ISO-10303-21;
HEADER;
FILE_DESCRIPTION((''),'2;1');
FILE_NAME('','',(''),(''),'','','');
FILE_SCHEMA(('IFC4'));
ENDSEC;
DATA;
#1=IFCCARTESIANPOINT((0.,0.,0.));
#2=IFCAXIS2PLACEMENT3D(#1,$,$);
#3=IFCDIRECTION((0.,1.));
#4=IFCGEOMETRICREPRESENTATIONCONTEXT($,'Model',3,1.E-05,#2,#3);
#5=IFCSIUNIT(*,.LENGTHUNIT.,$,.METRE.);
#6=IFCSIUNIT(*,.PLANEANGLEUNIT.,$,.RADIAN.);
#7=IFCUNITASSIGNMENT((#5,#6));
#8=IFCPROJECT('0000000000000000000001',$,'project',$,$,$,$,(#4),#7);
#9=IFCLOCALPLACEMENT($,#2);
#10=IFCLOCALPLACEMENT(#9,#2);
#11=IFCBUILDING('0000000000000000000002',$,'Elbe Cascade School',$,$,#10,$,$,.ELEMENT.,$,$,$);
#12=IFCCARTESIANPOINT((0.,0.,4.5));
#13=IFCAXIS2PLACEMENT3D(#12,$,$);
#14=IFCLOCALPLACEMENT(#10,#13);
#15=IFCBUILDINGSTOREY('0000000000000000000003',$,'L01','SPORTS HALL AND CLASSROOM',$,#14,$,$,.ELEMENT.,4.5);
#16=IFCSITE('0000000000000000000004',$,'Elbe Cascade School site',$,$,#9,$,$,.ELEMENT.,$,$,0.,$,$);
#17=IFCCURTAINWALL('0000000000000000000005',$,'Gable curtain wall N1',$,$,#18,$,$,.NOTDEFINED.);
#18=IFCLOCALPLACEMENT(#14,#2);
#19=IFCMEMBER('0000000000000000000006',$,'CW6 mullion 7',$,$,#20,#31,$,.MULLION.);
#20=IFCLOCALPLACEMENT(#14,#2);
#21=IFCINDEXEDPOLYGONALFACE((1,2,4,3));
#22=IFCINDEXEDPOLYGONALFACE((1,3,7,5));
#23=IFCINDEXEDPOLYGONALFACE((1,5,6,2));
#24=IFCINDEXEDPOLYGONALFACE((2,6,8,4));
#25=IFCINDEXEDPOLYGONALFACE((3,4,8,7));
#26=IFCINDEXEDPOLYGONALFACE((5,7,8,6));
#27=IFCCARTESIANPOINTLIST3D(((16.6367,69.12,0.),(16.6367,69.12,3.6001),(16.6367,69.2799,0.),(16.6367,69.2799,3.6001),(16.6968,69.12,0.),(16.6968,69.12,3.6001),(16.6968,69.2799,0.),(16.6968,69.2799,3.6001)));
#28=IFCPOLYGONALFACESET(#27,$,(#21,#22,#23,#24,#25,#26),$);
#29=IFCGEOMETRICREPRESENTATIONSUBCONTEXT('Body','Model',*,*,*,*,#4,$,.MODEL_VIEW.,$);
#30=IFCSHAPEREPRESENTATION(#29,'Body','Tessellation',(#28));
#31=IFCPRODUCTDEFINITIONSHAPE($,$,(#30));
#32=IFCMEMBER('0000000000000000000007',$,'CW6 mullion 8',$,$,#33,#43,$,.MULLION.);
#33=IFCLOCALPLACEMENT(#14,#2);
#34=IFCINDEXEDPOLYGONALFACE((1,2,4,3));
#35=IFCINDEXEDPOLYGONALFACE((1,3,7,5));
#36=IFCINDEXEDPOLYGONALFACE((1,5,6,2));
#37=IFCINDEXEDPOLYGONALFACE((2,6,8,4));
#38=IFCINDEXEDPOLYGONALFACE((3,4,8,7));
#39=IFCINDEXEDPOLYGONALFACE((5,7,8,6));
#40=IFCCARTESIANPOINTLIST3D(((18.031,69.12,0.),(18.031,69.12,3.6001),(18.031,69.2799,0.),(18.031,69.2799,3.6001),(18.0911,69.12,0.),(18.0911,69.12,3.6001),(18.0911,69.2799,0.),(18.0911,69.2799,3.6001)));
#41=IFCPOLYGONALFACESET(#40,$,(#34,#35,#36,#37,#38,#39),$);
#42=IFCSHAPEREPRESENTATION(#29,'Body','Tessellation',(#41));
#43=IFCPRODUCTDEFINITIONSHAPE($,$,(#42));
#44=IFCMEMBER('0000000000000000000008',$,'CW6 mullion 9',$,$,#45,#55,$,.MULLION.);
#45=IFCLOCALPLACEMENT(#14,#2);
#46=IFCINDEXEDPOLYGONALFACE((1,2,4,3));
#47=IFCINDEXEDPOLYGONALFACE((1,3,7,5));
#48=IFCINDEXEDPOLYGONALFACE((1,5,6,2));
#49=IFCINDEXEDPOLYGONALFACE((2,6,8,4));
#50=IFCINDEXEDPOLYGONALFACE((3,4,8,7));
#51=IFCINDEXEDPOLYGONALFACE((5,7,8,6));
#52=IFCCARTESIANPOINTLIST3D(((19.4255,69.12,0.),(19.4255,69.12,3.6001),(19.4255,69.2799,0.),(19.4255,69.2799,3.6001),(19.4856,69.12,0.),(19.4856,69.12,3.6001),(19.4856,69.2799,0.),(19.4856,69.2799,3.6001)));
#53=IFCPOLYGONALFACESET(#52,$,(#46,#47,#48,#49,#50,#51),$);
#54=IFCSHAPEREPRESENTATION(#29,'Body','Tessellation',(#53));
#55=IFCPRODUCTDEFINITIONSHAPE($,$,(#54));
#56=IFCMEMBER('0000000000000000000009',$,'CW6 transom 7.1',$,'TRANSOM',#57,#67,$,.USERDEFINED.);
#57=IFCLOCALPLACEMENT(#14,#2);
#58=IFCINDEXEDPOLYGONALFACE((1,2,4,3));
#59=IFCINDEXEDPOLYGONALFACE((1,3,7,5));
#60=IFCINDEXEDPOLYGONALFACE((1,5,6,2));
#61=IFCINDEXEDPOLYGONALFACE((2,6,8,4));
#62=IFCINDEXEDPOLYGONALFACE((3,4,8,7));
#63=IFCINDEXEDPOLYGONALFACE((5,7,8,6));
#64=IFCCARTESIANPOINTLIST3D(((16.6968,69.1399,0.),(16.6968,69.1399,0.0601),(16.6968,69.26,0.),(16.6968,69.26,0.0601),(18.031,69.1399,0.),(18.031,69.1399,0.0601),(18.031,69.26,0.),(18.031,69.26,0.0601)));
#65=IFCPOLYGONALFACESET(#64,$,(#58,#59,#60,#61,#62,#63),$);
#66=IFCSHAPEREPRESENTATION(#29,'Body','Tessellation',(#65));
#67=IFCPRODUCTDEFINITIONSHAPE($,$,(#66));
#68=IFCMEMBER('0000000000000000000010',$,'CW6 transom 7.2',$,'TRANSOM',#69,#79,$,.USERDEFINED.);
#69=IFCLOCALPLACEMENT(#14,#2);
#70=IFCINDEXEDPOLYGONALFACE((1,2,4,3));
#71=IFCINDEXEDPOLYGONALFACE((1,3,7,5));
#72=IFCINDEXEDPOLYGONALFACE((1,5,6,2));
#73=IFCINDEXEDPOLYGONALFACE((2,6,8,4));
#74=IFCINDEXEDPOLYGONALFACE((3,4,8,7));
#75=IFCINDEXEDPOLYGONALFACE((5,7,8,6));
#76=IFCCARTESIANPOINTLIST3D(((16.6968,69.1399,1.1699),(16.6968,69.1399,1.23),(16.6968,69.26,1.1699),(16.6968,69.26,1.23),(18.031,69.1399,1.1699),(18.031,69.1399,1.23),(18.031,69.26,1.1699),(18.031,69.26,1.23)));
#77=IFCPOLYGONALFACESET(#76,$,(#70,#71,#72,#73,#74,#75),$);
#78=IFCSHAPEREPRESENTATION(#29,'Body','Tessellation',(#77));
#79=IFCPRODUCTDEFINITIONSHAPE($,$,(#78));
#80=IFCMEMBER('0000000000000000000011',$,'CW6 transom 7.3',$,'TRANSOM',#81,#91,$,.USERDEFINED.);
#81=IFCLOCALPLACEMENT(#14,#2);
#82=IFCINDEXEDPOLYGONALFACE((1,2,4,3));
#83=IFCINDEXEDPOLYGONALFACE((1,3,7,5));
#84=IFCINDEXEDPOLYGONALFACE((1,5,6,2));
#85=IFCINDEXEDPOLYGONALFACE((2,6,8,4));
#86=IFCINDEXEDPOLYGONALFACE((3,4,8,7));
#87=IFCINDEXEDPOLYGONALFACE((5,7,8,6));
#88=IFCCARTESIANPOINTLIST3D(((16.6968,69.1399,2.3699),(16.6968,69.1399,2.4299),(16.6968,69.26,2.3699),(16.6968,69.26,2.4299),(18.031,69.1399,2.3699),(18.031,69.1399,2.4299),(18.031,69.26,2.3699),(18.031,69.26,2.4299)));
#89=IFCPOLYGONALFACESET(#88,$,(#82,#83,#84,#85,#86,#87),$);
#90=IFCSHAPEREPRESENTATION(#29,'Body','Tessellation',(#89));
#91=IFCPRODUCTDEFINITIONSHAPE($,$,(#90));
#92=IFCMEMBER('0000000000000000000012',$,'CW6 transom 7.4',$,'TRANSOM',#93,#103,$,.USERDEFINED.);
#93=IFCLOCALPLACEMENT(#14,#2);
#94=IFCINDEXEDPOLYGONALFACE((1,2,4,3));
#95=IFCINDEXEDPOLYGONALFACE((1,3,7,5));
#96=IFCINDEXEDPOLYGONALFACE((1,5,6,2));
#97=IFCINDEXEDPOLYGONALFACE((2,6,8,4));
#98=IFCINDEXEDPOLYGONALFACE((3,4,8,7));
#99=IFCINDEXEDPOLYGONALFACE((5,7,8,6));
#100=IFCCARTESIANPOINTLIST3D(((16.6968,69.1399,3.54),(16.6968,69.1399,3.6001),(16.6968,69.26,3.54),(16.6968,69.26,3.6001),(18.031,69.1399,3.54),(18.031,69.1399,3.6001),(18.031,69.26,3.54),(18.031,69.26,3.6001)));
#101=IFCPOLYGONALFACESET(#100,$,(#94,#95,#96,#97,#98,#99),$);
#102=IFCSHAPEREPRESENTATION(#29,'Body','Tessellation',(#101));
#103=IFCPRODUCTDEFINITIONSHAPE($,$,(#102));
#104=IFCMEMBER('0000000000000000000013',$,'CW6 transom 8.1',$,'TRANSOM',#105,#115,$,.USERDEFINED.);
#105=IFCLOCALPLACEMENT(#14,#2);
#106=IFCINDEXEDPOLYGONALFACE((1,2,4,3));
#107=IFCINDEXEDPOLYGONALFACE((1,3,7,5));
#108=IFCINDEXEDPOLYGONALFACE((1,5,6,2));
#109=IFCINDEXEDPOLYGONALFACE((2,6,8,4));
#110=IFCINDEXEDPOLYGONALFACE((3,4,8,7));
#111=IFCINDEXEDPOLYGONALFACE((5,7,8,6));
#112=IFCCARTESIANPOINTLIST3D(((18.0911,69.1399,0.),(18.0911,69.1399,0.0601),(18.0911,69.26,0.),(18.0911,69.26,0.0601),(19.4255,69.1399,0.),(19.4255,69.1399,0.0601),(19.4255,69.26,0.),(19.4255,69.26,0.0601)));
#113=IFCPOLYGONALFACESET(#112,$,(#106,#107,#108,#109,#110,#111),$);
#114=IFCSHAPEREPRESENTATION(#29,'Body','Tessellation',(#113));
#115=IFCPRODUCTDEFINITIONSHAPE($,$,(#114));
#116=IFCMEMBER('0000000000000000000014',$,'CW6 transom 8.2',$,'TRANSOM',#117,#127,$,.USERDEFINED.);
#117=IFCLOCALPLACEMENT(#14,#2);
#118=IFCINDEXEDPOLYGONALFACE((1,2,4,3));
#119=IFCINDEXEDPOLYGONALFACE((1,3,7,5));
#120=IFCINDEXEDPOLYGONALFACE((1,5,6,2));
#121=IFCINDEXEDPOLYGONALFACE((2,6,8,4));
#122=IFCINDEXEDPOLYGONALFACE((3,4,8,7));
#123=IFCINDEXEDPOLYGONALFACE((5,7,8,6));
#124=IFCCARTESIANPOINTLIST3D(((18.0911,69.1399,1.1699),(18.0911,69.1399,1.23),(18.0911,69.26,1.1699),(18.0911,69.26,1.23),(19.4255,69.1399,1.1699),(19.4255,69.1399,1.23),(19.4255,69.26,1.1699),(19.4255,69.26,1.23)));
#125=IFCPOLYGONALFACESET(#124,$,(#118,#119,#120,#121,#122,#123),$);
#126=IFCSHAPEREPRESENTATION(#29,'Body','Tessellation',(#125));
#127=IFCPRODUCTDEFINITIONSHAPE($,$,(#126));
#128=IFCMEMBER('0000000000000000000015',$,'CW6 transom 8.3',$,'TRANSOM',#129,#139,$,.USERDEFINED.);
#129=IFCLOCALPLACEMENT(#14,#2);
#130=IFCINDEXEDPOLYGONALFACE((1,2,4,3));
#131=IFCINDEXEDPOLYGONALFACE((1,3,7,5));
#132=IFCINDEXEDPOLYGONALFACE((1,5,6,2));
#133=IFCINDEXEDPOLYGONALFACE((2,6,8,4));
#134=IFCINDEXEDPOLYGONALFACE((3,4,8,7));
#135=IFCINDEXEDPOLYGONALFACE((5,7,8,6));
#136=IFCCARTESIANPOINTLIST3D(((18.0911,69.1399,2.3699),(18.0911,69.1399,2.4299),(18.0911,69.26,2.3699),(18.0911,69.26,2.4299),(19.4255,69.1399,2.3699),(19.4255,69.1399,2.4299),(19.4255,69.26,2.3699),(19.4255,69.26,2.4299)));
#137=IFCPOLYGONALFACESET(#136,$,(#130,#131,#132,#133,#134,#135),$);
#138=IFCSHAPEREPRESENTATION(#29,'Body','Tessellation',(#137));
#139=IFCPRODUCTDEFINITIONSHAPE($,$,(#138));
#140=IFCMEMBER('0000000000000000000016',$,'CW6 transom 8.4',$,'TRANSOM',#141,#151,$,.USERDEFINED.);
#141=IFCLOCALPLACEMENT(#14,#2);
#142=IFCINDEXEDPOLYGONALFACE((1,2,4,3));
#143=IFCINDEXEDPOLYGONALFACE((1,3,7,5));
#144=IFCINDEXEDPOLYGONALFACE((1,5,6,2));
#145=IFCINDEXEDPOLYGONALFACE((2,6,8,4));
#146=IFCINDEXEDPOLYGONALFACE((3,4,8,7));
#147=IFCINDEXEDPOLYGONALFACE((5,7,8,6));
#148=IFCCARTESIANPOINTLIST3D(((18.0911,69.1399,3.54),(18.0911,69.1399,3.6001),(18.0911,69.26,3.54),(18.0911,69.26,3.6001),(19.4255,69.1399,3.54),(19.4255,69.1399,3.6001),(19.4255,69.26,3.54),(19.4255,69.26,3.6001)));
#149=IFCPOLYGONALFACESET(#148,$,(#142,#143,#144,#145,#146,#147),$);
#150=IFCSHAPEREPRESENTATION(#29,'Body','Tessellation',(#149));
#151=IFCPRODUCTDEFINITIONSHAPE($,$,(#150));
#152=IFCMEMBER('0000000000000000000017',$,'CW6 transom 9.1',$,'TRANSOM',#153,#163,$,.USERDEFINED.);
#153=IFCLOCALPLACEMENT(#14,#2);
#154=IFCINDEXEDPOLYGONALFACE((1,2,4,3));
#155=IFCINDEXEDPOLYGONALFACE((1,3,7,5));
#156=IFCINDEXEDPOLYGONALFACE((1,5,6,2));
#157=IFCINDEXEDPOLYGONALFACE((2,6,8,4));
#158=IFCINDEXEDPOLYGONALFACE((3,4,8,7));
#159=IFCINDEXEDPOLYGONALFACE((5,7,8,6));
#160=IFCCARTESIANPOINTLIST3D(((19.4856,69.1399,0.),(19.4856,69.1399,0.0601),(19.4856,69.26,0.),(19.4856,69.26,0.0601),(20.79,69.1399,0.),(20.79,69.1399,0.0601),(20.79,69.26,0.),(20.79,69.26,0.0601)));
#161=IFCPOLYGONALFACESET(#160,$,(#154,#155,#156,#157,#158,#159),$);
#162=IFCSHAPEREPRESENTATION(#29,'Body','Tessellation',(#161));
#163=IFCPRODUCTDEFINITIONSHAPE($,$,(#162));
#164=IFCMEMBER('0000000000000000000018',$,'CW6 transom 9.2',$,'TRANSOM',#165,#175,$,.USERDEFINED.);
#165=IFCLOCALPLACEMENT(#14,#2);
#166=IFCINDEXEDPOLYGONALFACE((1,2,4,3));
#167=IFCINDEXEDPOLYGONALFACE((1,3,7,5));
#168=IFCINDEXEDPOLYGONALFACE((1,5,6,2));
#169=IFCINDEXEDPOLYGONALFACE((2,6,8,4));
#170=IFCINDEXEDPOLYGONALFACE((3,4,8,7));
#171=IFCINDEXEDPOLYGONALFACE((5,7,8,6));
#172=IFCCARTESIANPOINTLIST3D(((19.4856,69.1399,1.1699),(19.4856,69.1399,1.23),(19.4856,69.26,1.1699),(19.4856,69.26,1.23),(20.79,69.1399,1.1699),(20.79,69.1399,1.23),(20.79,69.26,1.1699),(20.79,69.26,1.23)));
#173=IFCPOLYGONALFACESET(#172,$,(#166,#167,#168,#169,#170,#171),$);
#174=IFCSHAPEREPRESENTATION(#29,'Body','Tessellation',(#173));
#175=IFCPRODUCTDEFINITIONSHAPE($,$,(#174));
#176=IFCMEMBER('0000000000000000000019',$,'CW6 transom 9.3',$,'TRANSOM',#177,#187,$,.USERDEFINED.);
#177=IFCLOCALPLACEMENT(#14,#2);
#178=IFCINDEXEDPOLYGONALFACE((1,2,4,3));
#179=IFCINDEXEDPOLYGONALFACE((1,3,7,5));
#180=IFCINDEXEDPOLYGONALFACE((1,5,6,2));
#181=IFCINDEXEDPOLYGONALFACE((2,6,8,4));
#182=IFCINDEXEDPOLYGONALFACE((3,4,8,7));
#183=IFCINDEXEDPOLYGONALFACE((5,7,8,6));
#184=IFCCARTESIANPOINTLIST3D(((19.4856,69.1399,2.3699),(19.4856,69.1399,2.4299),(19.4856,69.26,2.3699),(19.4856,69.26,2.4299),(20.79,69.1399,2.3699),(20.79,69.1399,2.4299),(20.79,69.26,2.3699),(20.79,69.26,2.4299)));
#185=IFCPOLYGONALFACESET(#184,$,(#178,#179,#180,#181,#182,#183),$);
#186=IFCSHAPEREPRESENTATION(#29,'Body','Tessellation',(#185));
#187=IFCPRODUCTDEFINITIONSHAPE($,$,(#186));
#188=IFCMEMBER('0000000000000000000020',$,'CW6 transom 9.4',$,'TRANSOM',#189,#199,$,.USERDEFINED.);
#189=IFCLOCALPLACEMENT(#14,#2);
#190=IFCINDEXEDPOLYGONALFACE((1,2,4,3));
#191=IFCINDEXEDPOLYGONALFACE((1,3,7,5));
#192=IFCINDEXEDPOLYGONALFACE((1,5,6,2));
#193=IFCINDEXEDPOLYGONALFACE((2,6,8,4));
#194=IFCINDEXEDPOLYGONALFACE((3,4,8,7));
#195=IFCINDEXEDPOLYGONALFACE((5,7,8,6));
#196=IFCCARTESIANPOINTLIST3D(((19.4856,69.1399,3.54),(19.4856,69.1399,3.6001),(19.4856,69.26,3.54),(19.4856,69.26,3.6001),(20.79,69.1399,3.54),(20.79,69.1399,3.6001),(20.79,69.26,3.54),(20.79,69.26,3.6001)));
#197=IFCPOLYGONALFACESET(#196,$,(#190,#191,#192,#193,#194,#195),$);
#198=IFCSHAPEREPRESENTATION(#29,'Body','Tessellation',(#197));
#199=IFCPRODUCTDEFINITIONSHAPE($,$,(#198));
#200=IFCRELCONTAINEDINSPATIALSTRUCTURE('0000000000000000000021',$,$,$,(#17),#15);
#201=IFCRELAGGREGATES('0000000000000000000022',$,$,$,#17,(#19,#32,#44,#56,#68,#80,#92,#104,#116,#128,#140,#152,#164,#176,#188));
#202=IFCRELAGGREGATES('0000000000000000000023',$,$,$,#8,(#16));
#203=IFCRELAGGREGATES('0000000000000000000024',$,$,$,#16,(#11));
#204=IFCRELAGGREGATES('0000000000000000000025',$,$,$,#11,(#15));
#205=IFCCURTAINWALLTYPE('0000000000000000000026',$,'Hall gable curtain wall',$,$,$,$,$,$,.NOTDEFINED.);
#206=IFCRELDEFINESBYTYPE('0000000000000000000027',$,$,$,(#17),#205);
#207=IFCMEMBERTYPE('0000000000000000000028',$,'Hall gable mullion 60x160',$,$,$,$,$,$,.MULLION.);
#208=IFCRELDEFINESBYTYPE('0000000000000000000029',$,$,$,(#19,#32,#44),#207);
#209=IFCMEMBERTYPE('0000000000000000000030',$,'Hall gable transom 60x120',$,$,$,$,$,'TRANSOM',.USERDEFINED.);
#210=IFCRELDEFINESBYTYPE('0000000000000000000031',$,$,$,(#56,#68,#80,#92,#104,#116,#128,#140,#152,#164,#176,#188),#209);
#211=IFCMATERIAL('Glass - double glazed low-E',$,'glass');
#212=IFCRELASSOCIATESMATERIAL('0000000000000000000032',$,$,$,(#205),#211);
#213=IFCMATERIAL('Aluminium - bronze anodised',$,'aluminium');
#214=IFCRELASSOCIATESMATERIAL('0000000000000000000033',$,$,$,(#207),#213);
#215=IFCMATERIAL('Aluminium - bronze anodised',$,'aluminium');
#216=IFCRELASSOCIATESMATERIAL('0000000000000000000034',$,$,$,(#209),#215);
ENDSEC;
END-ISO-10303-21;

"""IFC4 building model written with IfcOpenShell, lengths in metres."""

from ifc_helpers import new_model, si_unit, direction, frame, origin, origin_2d, place, context, subcontext, project, spatial, rectangle, extrude, material, material_profile, profile_set, type_object, element, aggregate, save


model = new_model("IFC4")

# Units and contexts
model_context = context("Model", 3, precision=1e-05, world=origin(), true_north=direction((0.0, 1.0)))
body_context = subcontext(model_context, "Body", "Model", "MODEL_VIEW")
ifc_project = project(units=[si_unit("LENGTHUNIT", "METRE"), si_unit("PLANEANGLEUNIT", "RADIAN")], contexts=[model_context])

# Site, building, storey
site_placement = place(None, origin())
site = spatial("IfcSite", under=ifc_project, at=site_placement, Name="Elbe Cascade School site", CompositionType="ELEMENT", RefElevation=0.0)
building_placement = place(site_placement, origin())
building = spatial("IfcBuilding", under=site, at=building_placement, Name="Elbe Cascade School", CompositionType="ELEMENT")
storey_placement = place(building_placement, frame((0.0, 0.0, 4.5)))
storey = spatial("IfcBuildingStorey", under=building, at=storey_placement, Name="L01", Description="SPORTS HALL AND CLASSROOM", CompositionType="ELEMENT", Elevation=4.5)

# Curtain wall, members
ifc_material_1 = material(Name="Glass - double glazed low-E", Category="glass")
curtain_wall_type = type_object("IfcCurtainWallType", Name="Hall gable curtain wall", PredefinedType="NOTDEFINED", material=ifc_material_1)
curtain_wall_placement = place(storey_placement, origin())
curtain_wall = element("IfcCurtainWall", 1, at=curtain_wall_placement, inside=storey, type_object=curtain_wall_type, Name="Gable curtain wall N1", PredefinedType="NOTDEFINED")
ifc_material_2 = material(Name="Aluminium - bronze anodised", Category="aluminium")
ifc_material_profile_1 = material_profile(ifc_material_2, rectangle(XDim=0.1599, YDim=0.0601, at=origin_2d()), Name="Alu 60x160")
ifc_profile_set_1 = profile_set([ifc_material_profile_1], Name="Aluminium - bronze anodised")
member_type_1 = type_object("IfcMemberType", Name="Hall gable mullion 60x160", PredefinedType="MULLION", material=ifc_profile_set_1)
member_1_placement = place(storey_placement, frame((16.6667, 69.2, 0.0), z_axis=(0.0, 0.0, 1.0), x_axis=(0.0, 1.0, 0.0)))
member_1 = element("IfcMember", 2, at=member_1_placement, type_object=member_type_1, Name="CW6 mullion 7", PredefinedType="MULLION", context=body_context, shape_type="SweptSolid", body=[
    extrude(rectangle(XDim=0.1599, YDim=0.0601, at=origin_2d()), origin(), (0.0, 0.0, 1.0), 3.6001),
])
member_2_placement = place(storey_placement, frame((18.061, 69.2, 0.0), z_axis=(0.0, 0.0, 1.0), x_axis=(0.0, 1.0, 0.0)))
member_2 = element("IfcMember", 3, at=member_2_placement, type_object=member_type_1, Name="CW6 mullion 8", PredefinedType="MULLION", context=body_context, shape_type="SweptSolid", body=[
    extrude(rectangle(XDim=0.1599, YDim=0.0601, at=origin_2d()), origin(), (0.0, 0.0, 1.0), 3.6001),
])
member_3_placement = place(storey_placement, frame((19.4556, 69.2, 0.0), z_axis=(0.0, 0.0, 1.0), x_axis=(0.0, 1.0, 0.0)))
member_3 = element("IfcMember", 4, at=member_3_placement, type_object=member_type_1, Name="CW6 mullion 9", PredefinedType="MULLION", context=body_context, shape_type="SweptSolid", body=[
    extrude(rectangle(XDim=0.1599, YDim=0.0601, at=origin_2d()), origin(), (0.0, 0.0, 1.0), 3.6001),
])
ifc_material_3 = material(Name="Aluminium - bronze anodised", Category="aluminium")
ifc_material_profile_2 = material_profile(ifc_material_3, rectangle(XDim=0.1201, YDim=0.0601, at=origin_2d()), Name="Alu 60x120")
ifc_profile_set_2 = profile_set([ifc_material_profile_2], Name="Aluminium - bronze anodised")
member_type_2 = type_object("IfcMemberType", Name="Hall gable transom 60x120", ElementType="TRANSOM", PredefinedType="USERDEFINED", material=ifc_profile_set_2)
member_4_placement = place(storey_placement, frame((16.6968, 69.2, 0.03), z_axis=(1.0, 0.0, 0.0), x_axis=(0.0, 1.0, 0.0)))
member_4 = element("IfcMember", 5, at=member_4_placement, type_object=member_type_2, Name="CW6 transom 7.1", ObjectType="TRANSOM", PredefinedType="USERDEFINED", context=body_context, shape_type="SweptSolid", body=[
    extrude(rectangle(XDim=0.1201, YDim=0.0601, at=origin_2d()), origin(), (0.0, 0.0, 1.0), 1.3342),
])
member_5_placement = place(storey_placement, frame((16.6968, 69.2, 1.2), z_axis=(1.0, 0.0, 0.0), x_axis=(0.0, 1.0, 0.0)))
member_5 = element("IfcMember", 6, at=member_5_placement, type_object=member_type_2, Name="CW6 transom 7.2", ObjectType="TRANSOM", PredefinedType="USERDEFINED", context=body_context, shape_type="SweptSolid", body=[
    extrude(rectangle(XDim=0.1201, YDim=0.0601, at=origin_2d()), origin(), (0.0, 0.0, 1.0), 1.3342),
])
member_6_placement = place(storey_placement, frame((16.6968, 69.2, 2.3999), z_axis=(1.0, 0.0, 0.0), x_axis=(0.0, 1.0, 0.0)))
member_6 = element("IfcMember", 7, at=member_6_placement, type_object=member_type_2, Name="CW6 transom 7.3", ObjectType="TRANSOM", PredefinedType="USERDEFINED", context=body_context, shape_type="SweptSolid", body=[
    extrude(rectangle(XDim=0.1201, YDim=0.0601, at=origin_2d()), origin(), (0.0, 0.0, 1.0), 1.3342),
])
member_7_placement = place(storey_placement, frame((16.6968, 69.2, 3.5701), z_axis=(1.0, 0.0, 0.0), x_axis=(0.0, 1.0, 0.0)))
member_7 = element("IfcMember", 8, at=member_7_placement, type_object=member_type_2, Name="CW6 transom 7.4", ObjectType="TRANSOM", PredefinedType="USERDEFINED", context=body_context, shape_type="SweptSolid", body=[
    extrude(rectangle(XDim=0.1201, YDim=0.0601, at=origin_2d()), origin(), (0.0, 0.0, 1.0), 1.3342),
])
member_8_placement = place(storey_placement, frame((18.0911, 69.2, 0.03), z_axis=(1.0, 0.0, 0.0), x_axis=(0.0, 1.0, 0.0)))
member_8 = element("IfcMember", 9, at=member_8_placement, type_object=member_type_2, Name="CW6 transom 8.1", ObjectType="TRANSOM", PredefinedType="USERDEFINED", context=body_context, shape_type="SweptSolid", body=[
    extrude(rectangle(XDim=0.1201, YDim=0.0601, at=origin_2d()), origin(), (0.0, 0.0, 1.0), 1.3345),
])
member_9_placement = place(storey_placement, frame((18.0911, 69.2, 1.2), z_axis=(1.0, 0.0, 0.0), x_axis=(0.0, 1.0, 0.0)))
member_9 = element("IfcMember", 10, at=member_9_placement, type_object=member_type_2, Name="CW6 transom 8.2", ObjectType="TRANSOM", PredefinedType="USERDEFINED", context=body_context, shape_type="SweptSolid", body=[
    extrude(rectangle(XDim=0.1201, YDim=0.0601, at=origin_2d()), origin(), (0.0, 0.0, 1.0), 1.3345),
])
member_10_placement = place(storey_placement, frame((18.0911, 69.2, 2.3999), z_axis=(1.0, 0.0, 0.0), x_axis=(0.0, 1.0, 0.0)))
member_10 = element("IfcMember", 11, at=member_10_placement, type_object=member_type_2, Name="CW6 transom 8.3", ObjectType="TRANSOM", PredefinedType="USERDEFINED", context=body_context, shape_type="SweptSolid", body=[
    extrude(rectangle(XDim=0.1201, YDim=0.0601, at=origin_2d()), origin(), (0.0, 0.0, 1.0), 1.3345),
])
member_11_placement = place(storey_placement, frame((18.0911, 69.2, 3.5701), z_axis=(1.0, 0.0, 0.0), x_axis=(0.0, 1.0, 0.0)))
member_11 = element("IfcMember", 12, at=member_11_placement, type_object=member_type_2, Name="CW6 transom 8.4", ObjectType="TRANSOM", PredefinedType="USERDEFINED", context=body_context, shape_type="SweptSolid", body=[
    extrude(rectangle(XDim=0.1201, YDim=0.0601, at=origin_2d()), origin(), (0.0, 0.0, 1.0), 1.3345),
])
member_12_placement = place(storey_placement, frame((19.4856, 69.2, 0.03), z_axis=(1.0, 0.0, 0.0), x_axis=(0.0, 1.0, 0.0)))
member_12 = element("IfcMember", 13, at=member_12_placement, type_object=member_type_2, Name="CW6 transom 9.1", ObjectType="TRANSOM", PredefinedType="USERDEFINED", context=body_context, shape_type="SweptSolid", body=[
    extrude(rectangle(XDim=0.1201, YDim=0.0601, at=origin_2d()), origin(), (0.0, 0.0, 1.0), 1.3044),
])
member_13_placement = place(storey_placement, frame((19.4856, 69.2, 1.2), z_axis=(1.0, 0.0, 0.0), x_axis=(0.0, 1.0, 0.0)))
member_13 = element("IfcMember", 14, at=member_13_placement, type_object=member_type_2, Name="CW6 transom 9.2", ObjectType="TRANSOM", PredefinedType="USERDEFINED", context=body_context, shape_type="SweptSolid", body=[
    extrude(rectangle(XDim=0.1201, YDim=0.0601, at=origin_2d()), origin(), (0.0, 0.0, 1.0), 1.3044),
])
member_14_placement = place(storey_placement, frame((19.4856, 69.2, 2.3999), z_axis=(1.0, 0.0, 0.0), x_axis=(0.0, 1.0, 0.0)))
member_14 = element("IfcMember", 15, at=member_14_placement, type_object=member_type_2, Name="CW6 transom 9.3", ObjectType="TRANSOM", PredefinedType="USERDEFINED", context=body_context, shape_type="SweptSolid", body=[
    extrude(rectangle(XDim=0.1201, YDim=0.0601, at=origin_2d()), origin(), (0.0, 0.0, 1.0), 1.3044),
])
member_15_placement = place(storey_placement, frame((19.4856, 69.2, 3.5701), z_axis=(1.0, 0.0, 0.0), x_axis=(0.0, 1.0, 0.0)))
member_15 = element("IfcMember", 16, at=member_15_placement, type_object=member_type_2, Name="CW6 transom 9.4", ObjectType="TRANSOM", PredefinedType="USERDEFINED", context=body_context, shape_type="SweptSolid", body=[
    extrude(rectangle(XDim=0.1201, YDim=0.0601, at=origin_2d()), origin(), (0.0, 0.0, 1.0), 1.3044),
])
aggregate(curtain_wall, [member_1, member_2, member_3, member_4, member_5, member_6, member_7, member_8, member_9, member_10, member_11, member_12, member_13, member_14, member_15])

save(model, "model.ifc")
